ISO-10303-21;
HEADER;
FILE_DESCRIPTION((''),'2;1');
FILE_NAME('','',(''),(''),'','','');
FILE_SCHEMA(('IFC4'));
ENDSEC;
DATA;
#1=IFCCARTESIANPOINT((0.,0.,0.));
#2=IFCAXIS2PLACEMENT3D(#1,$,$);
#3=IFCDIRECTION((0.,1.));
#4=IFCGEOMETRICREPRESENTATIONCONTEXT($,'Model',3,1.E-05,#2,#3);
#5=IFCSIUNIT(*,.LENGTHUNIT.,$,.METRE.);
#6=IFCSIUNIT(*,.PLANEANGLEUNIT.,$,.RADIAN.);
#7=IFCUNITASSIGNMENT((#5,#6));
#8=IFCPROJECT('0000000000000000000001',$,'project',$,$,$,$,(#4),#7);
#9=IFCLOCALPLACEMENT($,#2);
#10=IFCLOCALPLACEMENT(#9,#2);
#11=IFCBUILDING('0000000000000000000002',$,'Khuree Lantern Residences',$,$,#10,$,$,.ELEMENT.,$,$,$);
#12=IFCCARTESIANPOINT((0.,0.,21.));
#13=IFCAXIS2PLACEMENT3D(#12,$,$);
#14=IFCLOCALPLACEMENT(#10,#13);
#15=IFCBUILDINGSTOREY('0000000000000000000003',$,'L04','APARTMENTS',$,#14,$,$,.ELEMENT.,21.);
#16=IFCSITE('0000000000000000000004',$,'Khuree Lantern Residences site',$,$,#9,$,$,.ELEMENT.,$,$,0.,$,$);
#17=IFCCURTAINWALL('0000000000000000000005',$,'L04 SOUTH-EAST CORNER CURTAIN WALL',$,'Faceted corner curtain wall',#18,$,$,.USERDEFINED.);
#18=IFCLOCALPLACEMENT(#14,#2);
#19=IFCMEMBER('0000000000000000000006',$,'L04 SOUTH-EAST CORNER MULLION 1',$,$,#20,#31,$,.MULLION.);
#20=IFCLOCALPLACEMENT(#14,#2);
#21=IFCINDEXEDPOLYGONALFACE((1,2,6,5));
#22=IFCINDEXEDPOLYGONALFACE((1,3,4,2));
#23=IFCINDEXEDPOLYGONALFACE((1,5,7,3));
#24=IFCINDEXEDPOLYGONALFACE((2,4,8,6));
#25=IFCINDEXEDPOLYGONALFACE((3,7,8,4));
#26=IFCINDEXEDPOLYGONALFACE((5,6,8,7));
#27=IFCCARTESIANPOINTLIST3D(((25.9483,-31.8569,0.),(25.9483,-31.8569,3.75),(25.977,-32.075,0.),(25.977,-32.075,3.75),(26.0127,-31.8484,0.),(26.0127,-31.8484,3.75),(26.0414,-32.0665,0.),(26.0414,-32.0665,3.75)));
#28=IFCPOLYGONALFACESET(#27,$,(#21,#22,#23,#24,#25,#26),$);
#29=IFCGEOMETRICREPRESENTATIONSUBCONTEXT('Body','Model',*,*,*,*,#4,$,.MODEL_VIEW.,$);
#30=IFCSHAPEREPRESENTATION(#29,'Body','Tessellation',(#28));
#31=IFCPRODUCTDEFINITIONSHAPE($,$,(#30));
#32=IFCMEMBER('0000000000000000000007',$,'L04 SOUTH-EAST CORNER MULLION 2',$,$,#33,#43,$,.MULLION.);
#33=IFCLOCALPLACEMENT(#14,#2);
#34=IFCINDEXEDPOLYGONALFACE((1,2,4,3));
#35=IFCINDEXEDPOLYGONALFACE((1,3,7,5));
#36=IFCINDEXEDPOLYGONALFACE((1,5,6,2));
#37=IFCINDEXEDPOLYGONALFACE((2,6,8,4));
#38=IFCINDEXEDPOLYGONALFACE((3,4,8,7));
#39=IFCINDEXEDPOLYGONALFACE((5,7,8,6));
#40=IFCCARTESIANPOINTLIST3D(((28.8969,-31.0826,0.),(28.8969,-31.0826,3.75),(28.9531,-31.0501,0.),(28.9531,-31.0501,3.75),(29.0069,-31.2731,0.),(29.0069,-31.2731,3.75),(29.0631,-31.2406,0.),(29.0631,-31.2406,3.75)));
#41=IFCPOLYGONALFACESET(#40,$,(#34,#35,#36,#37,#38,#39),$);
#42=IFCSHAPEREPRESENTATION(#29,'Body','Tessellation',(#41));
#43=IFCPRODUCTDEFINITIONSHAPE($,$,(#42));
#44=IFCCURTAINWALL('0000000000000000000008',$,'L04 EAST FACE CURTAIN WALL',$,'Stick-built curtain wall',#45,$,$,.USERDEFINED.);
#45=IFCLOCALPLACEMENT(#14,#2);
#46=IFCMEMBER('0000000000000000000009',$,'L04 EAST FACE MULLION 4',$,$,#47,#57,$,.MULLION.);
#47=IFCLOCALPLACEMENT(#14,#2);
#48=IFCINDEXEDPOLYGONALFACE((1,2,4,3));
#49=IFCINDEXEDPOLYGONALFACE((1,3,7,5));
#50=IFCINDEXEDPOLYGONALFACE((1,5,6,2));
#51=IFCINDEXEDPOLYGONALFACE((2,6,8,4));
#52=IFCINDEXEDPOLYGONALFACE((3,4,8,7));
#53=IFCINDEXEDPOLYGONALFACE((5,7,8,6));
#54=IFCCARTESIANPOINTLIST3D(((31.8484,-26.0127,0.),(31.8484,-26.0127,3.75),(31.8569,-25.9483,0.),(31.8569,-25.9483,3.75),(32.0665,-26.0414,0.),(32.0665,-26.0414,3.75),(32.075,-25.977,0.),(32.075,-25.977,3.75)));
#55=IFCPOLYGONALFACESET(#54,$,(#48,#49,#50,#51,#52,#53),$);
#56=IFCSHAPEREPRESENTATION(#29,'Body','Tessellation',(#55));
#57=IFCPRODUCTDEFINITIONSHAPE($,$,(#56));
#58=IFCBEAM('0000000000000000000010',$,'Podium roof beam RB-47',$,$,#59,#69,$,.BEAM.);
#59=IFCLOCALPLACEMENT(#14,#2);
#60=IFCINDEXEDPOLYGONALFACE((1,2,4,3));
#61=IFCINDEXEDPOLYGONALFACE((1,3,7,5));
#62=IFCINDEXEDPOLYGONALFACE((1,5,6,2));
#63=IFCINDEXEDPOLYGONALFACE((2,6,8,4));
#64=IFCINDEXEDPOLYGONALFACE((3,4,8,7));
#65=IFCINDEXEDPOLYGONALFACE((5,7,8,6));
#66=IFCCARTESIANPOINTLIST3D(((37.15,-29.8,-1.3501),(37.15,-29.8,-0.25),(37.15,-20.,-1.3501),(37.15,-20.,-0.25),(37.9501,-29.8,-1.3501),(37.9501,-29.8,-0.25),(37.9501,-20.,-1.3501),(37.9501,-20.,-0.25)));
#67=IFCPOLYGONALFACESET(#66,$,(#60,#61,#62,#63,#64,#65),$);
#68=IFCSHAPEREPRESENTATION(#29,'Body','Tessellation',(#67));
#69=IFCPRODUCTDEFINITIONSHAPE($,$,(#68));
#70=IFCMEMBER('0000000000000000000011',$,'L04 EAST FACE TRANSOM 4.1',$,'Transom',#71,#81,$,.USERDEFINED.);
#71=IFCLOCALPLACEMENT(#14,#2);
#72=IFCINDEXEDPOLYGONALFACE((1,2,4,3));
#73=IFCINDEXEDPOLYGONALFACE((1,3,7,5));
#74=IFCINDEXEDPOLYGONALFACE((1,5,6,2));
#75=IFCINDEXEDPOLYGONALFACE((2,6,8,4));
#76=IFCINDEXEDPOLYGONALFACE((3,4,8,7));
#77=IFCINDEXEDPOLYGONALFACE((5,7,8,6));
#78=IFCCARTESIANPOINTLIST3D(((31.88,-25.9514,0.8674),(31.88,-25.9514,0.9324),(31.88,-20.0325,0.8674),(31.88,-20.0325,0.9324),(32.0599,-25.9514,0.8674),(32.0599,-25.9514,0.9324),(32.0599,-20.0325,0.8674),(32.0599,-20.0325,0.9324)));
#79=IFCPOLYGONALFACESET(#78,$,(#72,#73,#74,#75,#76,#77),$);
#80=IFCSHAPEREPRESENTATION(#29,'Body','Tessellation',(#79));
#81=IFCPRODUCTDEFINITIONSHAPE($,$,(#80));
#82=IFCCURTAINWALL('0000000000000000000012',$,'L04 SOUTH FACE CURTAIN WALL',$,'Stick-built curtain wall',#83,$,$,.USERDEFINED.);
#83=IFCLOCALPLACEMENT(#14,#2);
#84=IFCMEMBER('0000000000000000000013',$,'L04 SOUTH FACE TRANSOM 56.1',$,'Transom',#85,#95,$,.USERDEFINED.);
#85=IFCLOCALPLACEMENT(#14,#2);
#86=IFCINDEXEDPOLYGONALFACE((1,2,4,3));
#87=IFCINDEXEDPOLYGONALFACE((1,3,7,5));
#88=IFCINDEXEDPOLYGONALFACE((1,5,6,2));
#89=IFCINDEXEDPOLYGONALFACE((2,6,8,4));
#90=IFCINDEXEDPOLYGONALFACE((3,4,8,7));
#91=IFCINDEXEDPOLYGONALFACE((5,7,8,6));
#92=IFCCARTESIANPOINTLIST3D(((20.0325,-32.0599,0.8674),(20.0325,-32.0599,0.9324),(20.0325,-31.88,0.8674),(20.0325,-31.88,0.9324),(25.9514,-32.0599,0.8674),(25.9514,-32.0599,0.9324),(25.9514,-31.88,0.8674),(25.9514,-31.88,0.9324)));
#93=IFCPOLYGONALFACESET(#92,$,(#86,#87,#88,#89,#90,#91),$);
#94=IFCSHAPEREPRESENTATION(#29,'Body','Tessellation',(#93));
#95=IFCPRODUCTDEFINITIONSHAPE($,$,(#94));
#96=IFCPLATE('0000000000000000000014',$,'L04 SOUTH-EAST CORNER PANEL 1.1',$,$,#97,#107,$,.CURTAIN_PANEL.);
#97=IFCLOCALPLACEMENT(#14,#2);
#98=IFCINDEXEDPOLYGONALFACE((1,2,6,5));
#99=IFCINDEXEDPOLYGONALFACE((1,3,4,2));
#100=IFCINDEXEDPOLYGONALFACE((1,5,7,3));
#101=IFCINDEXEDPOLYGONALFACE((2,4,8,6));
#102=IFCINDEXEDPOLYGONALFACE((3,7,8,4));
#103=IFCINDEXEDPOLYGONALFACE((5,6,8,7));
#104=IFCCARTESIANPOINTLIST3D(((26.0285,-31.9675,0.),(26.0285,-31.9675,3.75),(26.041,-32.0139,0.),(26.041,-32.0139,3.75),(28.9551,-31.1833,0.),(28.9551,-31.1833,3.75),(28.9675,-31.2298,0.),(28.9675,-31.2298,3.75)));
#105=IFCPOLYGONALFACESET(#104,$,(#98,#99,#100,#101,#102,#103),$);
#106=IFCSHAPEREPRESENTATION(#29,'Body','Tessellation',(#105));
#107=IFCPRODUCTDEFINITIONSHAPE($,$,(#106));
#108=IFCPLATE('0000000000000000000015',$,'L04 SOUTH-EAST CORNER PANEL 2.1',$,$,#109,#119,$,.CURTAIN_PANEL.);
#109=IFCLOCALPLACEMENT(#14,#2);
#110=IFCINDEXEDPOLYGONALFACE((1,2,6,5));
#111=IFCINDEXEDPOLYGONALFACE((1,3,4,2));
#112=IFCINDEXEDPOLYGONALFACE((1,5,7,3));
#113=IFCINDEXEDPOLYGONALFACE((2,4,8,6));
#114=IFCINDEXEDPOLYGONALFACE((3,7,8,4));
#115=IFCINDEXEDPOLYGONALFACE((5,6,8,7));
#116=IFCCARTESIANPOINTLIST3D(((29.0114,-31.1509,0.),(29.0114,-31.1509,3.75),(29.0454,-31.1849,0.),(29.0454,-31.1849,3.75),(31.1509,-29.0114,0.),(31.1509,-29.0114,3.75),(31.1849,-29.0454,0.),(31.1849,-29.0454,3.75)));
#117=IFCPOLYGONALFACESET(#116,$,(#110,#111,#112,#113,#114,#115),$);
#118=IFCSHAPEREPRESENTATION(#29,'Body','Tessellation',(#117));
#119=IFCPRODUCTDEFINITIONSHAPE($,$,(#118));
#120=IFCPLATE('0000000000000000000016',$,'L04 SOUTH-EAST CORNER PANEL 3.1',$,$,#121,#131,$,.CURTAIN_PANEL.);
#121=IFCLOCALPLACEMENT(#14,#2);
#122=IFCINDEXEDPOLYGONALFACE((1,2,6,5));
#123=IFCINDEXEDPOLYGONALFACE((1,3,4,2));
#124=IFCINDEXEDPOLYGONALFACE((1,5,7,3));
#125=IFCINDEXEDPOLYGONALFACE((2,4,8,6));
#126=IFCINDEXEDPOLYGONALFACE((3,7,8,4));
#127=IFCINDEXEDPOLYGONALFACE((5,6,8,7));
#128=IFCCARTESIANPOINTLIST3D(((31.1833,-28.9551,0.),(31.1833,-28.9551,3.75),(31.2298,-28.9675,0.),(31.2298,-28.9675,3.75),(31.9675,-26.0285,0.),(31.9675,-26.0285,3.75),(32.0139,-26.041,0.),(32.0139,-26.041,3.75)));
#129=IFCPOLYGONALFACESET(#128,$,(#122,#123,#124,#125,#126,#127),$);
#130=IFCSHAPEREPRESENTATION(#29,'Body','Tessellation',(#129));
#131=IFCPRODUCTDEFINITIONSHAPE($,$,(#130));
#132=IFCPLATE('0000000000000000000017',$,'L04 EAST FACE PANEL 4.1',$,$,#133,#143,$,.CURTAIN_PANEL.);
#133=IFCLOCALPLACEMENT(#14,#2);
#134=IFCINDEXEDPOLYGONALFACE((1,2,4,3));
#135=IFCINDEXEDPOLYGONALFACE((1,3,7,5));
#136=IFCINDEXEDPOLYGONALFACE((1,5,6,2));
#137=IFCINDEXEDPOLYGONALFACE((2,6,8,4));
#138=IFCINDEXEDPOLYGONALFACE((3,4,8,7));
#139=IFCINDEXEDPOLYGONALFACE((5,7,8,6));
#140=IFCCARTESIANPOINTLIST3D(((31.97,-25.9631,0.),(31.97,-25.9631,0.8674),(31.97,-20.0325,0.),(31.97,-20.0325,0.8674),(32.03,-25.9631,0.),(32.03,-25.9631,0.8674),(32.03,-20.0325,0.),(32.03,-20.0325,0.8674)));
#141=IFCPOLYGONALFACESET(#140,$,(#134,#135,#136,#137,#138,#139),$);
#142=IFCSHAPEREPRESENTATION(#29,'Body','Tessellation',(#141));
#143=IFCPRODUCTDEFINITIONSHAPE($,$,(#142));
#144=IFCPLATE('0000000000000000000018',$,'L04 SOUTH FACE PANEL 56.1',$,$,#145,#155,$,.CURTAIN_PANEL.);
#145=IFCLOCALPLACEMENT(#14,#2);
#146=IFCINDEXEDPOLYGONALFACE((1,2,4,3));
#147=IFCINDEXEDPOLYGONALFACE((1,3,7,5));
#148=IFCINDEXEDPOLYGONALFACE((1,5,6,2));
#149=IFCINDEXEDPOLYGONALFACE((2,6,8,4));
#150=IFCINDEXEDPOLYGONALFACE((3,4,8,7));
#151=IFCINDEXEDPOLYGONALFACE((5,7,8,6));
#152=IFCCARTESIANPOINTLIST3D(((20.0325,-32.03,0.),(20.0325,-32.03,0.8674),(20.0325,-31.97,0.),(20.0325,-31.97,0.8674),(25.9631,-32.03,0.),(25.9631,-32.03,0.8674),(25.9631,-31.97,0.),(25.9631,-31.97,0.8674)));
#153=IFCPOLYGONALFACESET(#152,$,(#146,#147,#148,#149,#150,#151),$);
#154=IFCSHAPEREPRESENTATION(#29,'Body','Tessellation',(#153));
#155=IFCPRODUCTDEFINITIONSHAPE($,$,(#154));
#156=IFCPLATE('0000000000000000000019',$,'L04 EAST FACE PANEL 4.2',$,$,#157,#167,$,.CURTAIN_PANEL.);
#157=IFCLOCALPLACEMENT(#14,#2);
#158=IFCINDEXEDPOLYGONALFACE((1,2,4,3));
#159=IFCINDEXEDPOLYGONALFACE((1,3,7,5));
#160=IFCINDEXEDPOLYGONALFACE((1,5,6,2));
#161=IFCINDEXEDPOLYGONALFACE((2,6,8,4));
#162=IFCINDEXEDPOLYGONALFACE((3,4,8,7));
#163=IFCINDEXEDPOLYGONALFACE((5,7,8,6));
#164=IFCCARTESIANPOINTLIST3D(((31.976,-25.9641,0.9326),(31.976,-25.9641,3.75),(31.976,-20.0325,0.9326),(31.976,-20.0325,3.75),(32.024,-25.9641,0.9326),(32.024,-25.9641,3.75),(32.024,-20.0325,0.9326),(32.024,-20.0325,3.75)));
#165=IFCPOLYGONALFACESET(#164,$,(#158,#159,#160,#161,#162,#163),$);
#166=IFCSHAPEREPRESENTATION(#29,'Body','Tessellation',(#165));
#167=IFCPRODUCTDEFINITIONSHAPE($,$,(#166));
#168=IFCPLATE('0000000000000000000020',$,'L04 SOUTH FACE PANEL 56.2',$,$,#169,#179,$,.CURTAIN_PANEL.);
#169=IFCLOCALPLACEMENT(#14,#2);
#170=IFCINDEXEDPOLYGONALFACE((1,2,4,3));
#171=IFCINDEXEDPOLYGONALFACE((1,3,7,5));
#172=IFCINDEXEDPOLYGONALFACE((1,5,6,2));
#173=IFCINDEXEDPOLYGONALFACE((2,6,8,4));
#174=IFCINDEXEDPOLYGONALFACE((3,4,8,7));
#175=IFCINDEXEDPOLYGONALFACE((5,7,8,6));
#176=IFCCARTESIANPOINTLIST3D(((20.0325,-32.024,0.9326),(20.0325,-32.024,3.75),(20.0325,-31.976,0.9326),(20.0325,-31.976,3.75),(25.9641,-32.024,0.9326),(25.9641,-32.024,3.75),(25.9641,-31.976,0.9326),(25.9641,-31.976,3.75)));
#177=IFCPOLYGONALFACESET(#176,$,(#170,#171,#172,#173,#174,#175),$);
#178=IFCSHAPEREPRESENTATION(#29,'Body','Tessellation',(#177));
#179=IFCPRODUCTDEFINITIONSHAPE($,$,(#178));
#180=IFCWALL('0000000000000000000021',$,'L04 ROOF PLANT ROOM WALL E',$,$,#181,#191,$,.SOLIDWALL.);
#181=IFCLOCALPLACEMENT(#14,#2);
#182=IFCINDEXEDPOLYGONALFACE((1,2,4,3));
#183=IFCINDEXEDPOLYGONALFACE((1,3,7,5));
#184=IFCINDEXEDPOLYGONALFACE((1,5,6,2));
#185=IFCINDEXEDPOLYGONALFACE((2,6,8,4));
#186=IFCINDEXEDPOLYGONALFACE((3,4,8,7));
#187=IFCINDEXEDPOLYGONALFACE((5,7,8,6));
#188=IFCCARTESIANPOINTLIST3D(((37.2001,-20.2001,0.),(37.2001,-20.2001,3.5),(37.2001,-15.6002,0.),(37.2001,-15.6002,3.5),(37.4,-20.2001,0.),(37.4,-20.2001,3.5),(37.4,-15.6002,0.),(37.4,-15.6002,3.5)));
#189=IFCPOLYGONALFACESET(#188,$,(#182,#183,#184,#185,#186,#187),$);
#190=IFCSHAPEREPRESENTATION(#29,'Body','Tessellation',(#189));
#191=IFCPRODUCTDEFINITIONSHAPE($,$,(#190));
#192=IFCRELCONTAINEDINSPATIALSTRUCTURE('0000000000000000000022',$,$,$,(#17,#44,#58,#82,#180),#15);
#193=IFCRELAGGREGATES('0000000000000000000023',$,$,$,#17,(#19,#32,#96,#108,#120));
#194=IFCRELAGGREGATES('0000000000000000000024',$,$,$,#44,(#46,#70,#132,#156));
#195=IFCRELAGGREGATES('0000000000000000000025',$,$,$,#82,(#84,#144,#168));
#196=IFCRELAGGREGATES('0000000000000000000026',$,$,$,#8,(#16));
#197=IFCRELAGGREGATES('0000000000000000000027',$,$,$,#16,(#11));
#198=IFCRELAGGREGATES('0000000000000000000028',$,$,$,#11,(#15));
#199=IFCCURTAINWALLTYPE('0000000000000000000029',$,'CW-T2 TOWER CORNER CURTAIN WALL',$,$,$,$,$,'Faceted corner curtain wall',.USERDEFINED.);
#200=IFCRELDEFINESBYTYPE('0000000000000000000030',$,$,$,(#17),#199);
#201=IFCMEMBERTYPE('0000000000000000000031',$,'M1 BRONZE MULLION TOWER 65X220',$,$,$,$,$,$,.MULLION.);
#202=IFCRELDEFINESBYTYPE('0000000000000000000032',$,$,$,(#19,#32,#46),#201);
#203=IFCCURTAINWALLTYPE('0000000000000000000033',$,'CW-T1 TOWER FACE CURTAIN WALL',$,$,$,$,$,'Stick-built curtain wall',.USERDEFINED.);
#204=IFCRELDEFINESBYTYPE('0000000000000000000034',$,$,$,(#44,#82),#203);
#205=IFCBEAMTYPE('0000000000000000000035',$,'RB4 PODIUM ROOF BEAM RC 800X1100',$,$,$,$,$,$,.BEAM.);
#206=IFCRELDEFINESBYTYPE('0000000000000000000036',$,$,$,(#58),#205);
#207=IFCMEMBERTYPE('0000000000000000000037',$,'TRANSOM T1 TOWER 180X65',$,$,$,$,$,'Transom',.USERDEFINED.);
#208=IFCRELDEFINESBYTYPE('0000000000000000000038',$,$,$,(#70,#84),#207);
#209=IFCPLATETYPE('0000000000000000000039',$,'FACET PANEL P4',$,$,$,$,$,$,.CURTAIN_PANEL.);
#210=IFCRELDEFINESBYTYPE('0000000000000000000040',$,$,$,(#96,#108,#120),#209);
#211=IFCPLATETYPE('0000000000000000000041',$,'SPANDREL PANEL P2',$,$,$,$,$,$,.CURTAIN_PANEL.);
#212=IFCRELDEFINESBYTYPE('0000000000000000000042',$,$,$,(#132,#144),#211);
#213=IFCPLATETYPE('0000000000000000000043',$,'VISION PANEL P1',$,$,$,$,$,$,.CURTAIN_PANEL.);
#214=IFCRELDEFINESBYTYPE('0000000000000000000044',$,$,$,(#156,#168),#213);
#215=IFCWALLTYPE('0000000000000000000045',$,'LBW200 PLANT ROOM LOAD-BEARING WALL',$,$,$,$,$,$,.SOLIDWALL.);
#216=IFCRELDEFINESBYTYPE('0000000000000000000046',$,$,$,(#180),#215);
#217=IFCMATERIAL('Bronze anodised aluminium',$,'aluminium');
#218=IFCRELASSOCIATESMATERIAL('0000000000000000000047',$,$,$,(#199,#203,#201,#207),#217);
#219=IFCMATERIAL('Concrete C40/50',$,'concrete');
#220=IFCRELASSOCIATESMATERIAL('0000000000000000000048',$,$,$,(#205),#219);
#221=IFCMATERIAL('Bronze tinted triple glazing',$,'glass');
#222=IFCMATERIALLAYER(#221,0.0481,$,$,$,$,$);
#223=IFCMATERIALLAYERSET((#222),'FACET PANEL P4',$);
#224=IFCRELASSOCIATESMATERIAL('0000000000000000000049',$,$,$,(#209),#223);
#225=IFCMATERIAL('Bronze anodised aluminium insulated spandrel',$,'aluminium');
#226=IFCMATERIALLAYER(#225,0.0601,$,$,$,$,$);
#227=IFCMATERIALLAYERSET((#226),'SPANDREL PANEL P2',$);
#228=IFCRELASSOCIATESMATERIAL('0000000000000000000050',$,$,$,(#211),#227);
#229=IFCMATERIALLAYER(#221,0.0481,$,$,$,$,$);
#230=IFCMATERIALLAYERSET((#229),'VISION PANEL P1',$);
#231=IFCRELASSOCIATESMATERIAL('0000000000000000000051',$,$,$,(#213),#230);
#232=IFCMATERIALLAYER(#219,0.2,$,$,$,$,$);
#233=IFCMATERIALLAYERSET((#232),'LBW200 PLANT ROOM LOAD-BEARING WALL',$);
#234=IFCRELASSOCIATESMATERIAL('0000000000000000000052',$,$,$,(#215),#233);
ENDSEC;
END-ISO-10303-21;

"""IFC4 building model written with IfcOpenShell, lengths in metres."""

from ifc_helpers import new_model, si_unit, direction, frame, frame_2d, origin, origin_2d, place, context, subcontext, project, spatial, rectangle, extrude, material, layer, layer_set, material_profile, profile_set, type_object, element, aggregate, save


model = new_model("IFC4")

# Units and contexts
model_context = context("Model", 3, precision=1e-05, world=origin(), true_north=direction((0.0, 1.0)))
body_context = subcontext(model_context, "Body", "Model", "MODEL_VIEW")
ifc_project = project(units=[si_unit("LENGTHUNIT", "METRE"), si_unit("PLANEANGLEUNIT", "RADIAN")], contexts=[model_context])

# Site, building, storey
site_placement = place(None, origin())
site = spatial("IfcSite", under=ifc_project, at=site_placement, Name="Khuree Lantern Residences site", CompositionType="ELEMENT", RefElevation=0.0)
building_placement = place(site_placement, origin())
building = spatial("IfcBuilding", under=site, at=building_placement, Name="Khuree Lantern Residences", CompositionType="ELEMENT")
storey_placement = place(building_placement, frame((0.0, 0.0, 21.0)))
storey = spatial("IfcBuildingStorey", under=building, at=storey_placement, Name="L04", Description="APARTMENTS", CompositionType="ELEMENT", Elevation=21.0)

# Curtain wall
ifc_material_1 = material(Name="Bronze anodised aluminium", Category="aluminium")
curtain_wall_type_1 = type_object("IfcCurtainWallType", Name="CW-T2 TOWER CORNER CURTAIN WALL", ElementType="Faceted corner curtain wall", PredefinedType="USERDEFINED", material=ifc_material_1)
curtain_wall_1_placement = place(storey_placement, origin())
curtain_wall_1 = element("IfcCurtainWall", 1, at=curtain_wall_1_placement, inside=storey, type_object=curtain_wall_type_1, Name="L04 SOUTH-EAST CORNER CURTAIN WALL", ObjectType="Faceted corner curtain wall", PredefinedType="USERDEFINED")

# Members
ifc_material_profile_1 = material_profile(ifc_material_1, rectangle(XDim=0.0649, YDim=0.22, at=origin_2d()), Name="M1 65X220")
ifc_profile_set_1 = profile_set([ifc_material_profile_1], Name="Bronze anodised aluminium")
member_type_1 = type_object("IfcMemberType", Name="M1 BRONZE MULLION TOWER 65X220", PredefinedType="MULLION", material=ifc_profile_set_1)
member_1_placement = place(storey_placement, frame((25.9949, -31.9617, 0.0), z_axis=(0.0, 0.0, 1.0), x_axis=(0.991445, 0.130526, 0.0)))
member_1 = element("IfcMember", 2, at=member_1_placement, type_object=member_type_1, Name="L04 SOUTH-EAST CORNER MULLION 1", PredefinedType="MULLION", context=body_context, shape_type="SweptSolid", body=[
    extrude(rectangle(XDim=0.0649, YDim=0.22, at=origin_2d()), origin(), (0.0, 0.0, 1.0), 3.75),
])
member_2_placement = place(storey_placement, frame((28.98, -31.1616, 0.0), z_axis=(0.0, 0.0, 1.0), x_axis=(0.866025, 0.5, 0.0)))
member_2 = element("IfcMember", 3, at=member_2_placement, type_object=member_type_1, Name="L04 SOUTH-EAST CORNER MULLION 2", PredefinedType="MULLION", context=body_context, shape_type="SweptSolid", body=[
    extrude(rectangle(XDim=0.0649, YDim=0.22, at=origin_2d()), origin(), (0.0, 0.0, 1.0), 3.75),
])

# Curtain wall, member
curtain_wall_type_2 = type_object("IfcCurtainWallType", Name="CW-T1 TOWER FACE CURTAIN WALL", ElementType="Stick-built curtain wall", PredefinedType="USERDEFINED", material=ifc_material_1)
curtain_wall_2_placement = place(storey_placement, origin())
curtain_wall_2 = element("IfcCurtainWall", 4, at=curtain_wall_2_placement, inside=storey, type_object=curtain_wall_type_2, Name="L04 EAST FACE CURTAIN WALL", ObjectType="Stick-built curtain wall", PredefinedType="USERDEFINED")
member_3_placement = place(storey_placement, frame((31.9617, -25.9949, 0.0), z_axis=(0.0, 0.0, 1.0), x_axis=(0.130526, 0.991445, 0.0)))
member_3 = element("IfcMember", 5, at=member_3_placement, type_object=member_type_1, Name="L04 EAST FACE MULLION 4", PredefinedType="MULLION", context=body_context, shape_type="SweptSolid", body=[
    extrude(rectangle(XDim=0.0649, YDim=0.22, at=origin_2d()), origin(), (0.0, 0.0, 1.0), 3.75),
])

# Beam
ifc_material_2 = material(Name="Concrete C40/50", Category="concrete")
ifc_material_profile_2 = material_profile(ifc_material_2, rectangle(XDim=0.8, YDim=1.1001, at=origin_2d()), Name="RC 800X1100")
ifc_profile_set_2 = profile_set([ifc_material_profile_2], Name="Concrete C40/50")
beam_type_1 = type_object("IfcBeamType", Name="RB4 PODIUM ROOF BEAM RC 800X1100", PredefinedType="BEAM", material=ifc_profile_set_2)
beam_1_placement = place(storey_placement, frame((37.55, -29.8, -0.8), z_axis=(0.0, 1.0, 0.0), x_axis=(-1.0, 0.0, 0.0)))
element("IfcBeam", 6, at=beam_1_placement, inside=storey, type_object=beam_type_1, Name="Podium roof beam RB-47", PredefinedType="BEAM", context=body_context, shape_type="SweptSolid", body=[
    extrude(rectangle(XDim=0.8, YDim=1.1001, at=origin_2d()), origin(), (0.0, 0.0, 1.0), 9.8),
])

# Member
ifc_material_profile_3 = material_profile(ifc_material_1, rectangle(XDim=0.1799, YDim=0.0649, at=origin_2d()), Name="T1 180X65")
ifc_profile_set_3 = profile_set([ifc_material_profile_3], Name="Bronze anodised aluminium")
member_type_2 = type_object("IfcMemberType", Name="TRANSOM T1 TOWER 180X65", ElementType="Transom", PredefinedType="USERDEFINED", material=ifc_profile_set_3)
member_4_placement = place(storey_placement, frame((31.97, -25.9514, 0.8999), z_axis=(0.0, 1.0, 0.0), x_axis=(-1.0, 0.0, 0.0)))
member_4 = element("IfcMember", 7, at=member_4_placement, type_object=member_type_2, Name="L04 EAST FACE TRANSOM 4.1", ObjectType="Transom", PredefinedType="USERDEFINED", context=body_context, shape_type="SweptSolid", body=[
    extrude(rectangle(XDim=0.1799, YDim=0.0649, at=origin_2d()), origin(), (0.0, 0.0, 1.0), 5.9189),
])

# Curtain wall, member
curtain_wall_3_placement = place(storey_placement, origin())
curtain_wall_3 = element("IfcCurtainWall", 8, at=curtain_wall_3_placement, inside=storey, type_object=curtain_wall_type_2, Name="L04 SOUTH FACE CURTAIN WALL", ObjectType="Stick-built curtain wall", PredefinedType="USERDEFINED")
member_5_placement = place(storey_placement, frame((20.0325, -31.97, 0.8999), z_axis=(1.0, 0.0, 0.0), x_axis=(0.0, 1.0, 0.0)))
member_5 = element("IfcMember", 9, at=member_5_placement, type_object=member_type_2, Name="L04 SOUTH FACE TRANSOM 56.1", ObjectType="Transom", PredefinedType="USERDEFINED", context=body_context, shape_type="SweptSolid", body=[
    extrude(rectangle(XDim=0.1799, YDim=0.0649, at=origin_2d()), origin(), (0.0, 0.0, 1.0), 5.9189),
])

# Plates
ifc_material_3 = material(Name="Bronze tinted triple glazing", Category="glass")
ifc_layer_1 = layer(ifc_material_3, 0.0481)
ifc_layer_set_1 = layer_set([ifc_layer_1], Name="FACET PANEL P4")
plate_type_1 = type_object("IfcPlateType", Name="FACET PANEL P4", PredefinedType="CURTAIN_PANEL", material=ifc_layer_set_1)
plate_1_placement = place(storey_placement, frame((27.498, -31.5986, 0.0), z_axis=(0.0, 0.0, 1.0), x_axis=(0.965926, 0.258819, 0.0)))
plate_1 = element("IfcPlate", 10, at=plate_1_placement, type_object=plate_type_1, Name="L04 SOUTH-EAST CORNER PANEL 1.1", PredefinedType="CURTAIN_PANEL", context=body_context, shape_type="SweptSolid", body=[
    extrude(rectangle(XDim=3.0298, YDim=0.0481, at=origin_2d()), origin(), (0.0, 0.0, 1.0), 3.75),
])
plate_2_placement = place(storey_placement, frame((30.0981, -30.0981, 0.0), z_axis=(0.0, 0.0, 1.0), x_axis=(0.707107, 0.707107, 0.0)))
plate_2 = element("IfcPlate", 11, at=plate_2_placement, type_object=plate_type_1, Name="L04 SOUTH-EAST CORNER PANEL 2.1", PredefinedType="CURTAIN_PANEL", context=body_context, shape_type="SweptSolid", body=[
    extrude(rectangle(XDim=3.0256, YDim=0.0481, at=origin_2d()), origin(), (0.0, 0.0, 1.0), 3.75),
])
plate_3_placement = place(storey_placement, frame((31.5986, -27.498, 0.0), z_axis=(0.0, 0.0, 1.0), x_axis=(0.258819, 0.965926, 0.0)))
plate_3 = element("IfcPlate", 12, at=plate_3_placement, type_object=plate_type_1, Name="L04 SOUTH-EAST CORNER PANEL 3.1", PredefinedType="CURTAIN_PANEL", context=body_context, shape_type="SweptSolid", body=[
    extrude(rectangle(XDim=3.0298, YDim=0.0481, at=origin_2d()), origin(), (0.0, 0.0, 1.0), 3.75),
])
aggregate(curtain_wall_1, [member_1, member_2, plate_1, plate_2, plate_3])
ifc_material_4 = material(Name="Bronze anodised aluminium insulated spandrel", Category="aluminium")
ifc_layer_2 = layer(ifc_material_4, 0.0601)
ifc_layer_set_2 = layer_set([ifc_layer_2], Name="SPANDREL PANEL P2")
plate_type_2 = type_object("IfcPlateType", Name="SPANDREL PANEL P2", PredefinedType="CURTAIN_PANEL", material=ifc_layer_set_2)
plate_4_placement = place(storey_placement, frame((32.0, -22.9978, 0.0), z_axis=(0.0, 0.0, 1.0), x_axis=(0.0, 1.0, 0.0)))
plate_4 = element("IfcPlate", 13, at=plate_4_placement, type_object=plate_type_2, Name="L04 EAST FACE PANEL 4.1", PredefinedType="CURTAIN_PANEL", context=body_context, shape_type="SweptSolid", body=[
    extrude(rectangle(XDim=5.9307, YDim=0.0601, at=origin_2d()), origin(), (0.0, 0.0, 1.0), 0.8674),
])
plate_5_placement = place(storey_placement, frame((22.9978, -32.0, 0.0), z_axis=(0.0, 0.0, 1.0), x_axis=(1.0, 0.0, 0.0)))
plate_5 = element("IfcPlate", 14, at=plate_5_placement, type_object=plate_type_2, Name="L04 SOUTH FACE PANEL 56.1", PredefinedType="CURTAIN_PANEL", context=body_context, shape_type="SweptSolid", body=[
    extrude(rectangle(XDim=5.9307, YDim=0.0601, at=origin_2d()), origin(), (0.0, 0.0, 1.0), 0.8674),
])
ifc_layer_3 = layer(ifc_material_3, 0.0481)
ifc_layer_set_3 = layer_set([ifc_layer_3], Name="VISION PANEL P1")
plate_type_3 = type_object("IfcPlateType", Name="VISION PANEL P1", PredefinedType="CURTAIN_PANEL", material=ifc_layer_set_3)
plate_6_placement = place(storey_placement, frame((32.0, -22.9983, 0.9326), z_axis=(0.0, 0.0, 1.0), x_axis=(0.0, 1.0, 0.0)))
plate_6 = element("IfcPlate", 15, at=plate_6_placement, type_object=plate_type_3, Name="L04 EAST FACE PANEL 4.2", PredefinedType="CURTAIN_PANEL", context=body_context, shape_type="SweptSolid", body=[
    extrude(rectangle(XDim=5.9316, YDim=0.0481, at=origin_2d()), origin(), (0.0, 0.0, 1.0), 2.8174),
])
aggregate(curtain_wall_2, [member_3, member_4, plate_4, plate_6])
plate_7_placement = place(storey_placement, frame((22.9983, -32.0, 0.9326), z_axis=(0.0, 0.0, 1.0), x_axis=(1.0, 0.0, 0.0)))
plate_7 = element("IfcPlate", 16, at=plate_7_placement, type_object=plate_type_3, Name="L04 SOUTH FACE PANEL 56.2", PredefinedType="CURTAIN_PANEL", context=body_context, shape_type="SweptSolid", body=[
    extrude(rectangle(XDim=5.9316, YDim=0.0481, at=origin_2d()), origin(), (0.0, 0.0, 1.0), 2.8174),
])
aggregate(curtain_wall_3, [member_5, plate_5, plate_7])

# Wall
ifc_layer_4 = layer(ifc_material_2, 0.2)
ifc_layer_set_4 = layer_set([ifc_layer_4], Name="LBW200 PLANT ROOM LOAD-BEARING WALL")
wall_type_1 = type_object("IfcWallType", Name="LBW200 PLANT ROOM LOAD-BEARING WALL", PredefinedType="SOLIDWALL", material=ifc_layer_set_4)
wall_1_placement = place(storey_placement, frame((37.3, -20.2, 0.0), z_axis=(0.0, 0.0, 1.0), x_axis=(0.0, 1.0, 0.0)))
element("IfcWall", 17, at=wall_1_placement, inside=storey, type_object=wall_type_1, Name="L04 ROOF PLANT ROOM WALL E", PredefinedType="SOLIDWALL", context=body_context, shape_type="SweptSolid", body=[
    extrude(rectangle(XDim=4.5999, YDim=0.2, at=frame_2d((2.2998, 0.0))), origin(), (0.0, 0.0, 1.0), 3.5),
])

save(model, "model.ifc")
